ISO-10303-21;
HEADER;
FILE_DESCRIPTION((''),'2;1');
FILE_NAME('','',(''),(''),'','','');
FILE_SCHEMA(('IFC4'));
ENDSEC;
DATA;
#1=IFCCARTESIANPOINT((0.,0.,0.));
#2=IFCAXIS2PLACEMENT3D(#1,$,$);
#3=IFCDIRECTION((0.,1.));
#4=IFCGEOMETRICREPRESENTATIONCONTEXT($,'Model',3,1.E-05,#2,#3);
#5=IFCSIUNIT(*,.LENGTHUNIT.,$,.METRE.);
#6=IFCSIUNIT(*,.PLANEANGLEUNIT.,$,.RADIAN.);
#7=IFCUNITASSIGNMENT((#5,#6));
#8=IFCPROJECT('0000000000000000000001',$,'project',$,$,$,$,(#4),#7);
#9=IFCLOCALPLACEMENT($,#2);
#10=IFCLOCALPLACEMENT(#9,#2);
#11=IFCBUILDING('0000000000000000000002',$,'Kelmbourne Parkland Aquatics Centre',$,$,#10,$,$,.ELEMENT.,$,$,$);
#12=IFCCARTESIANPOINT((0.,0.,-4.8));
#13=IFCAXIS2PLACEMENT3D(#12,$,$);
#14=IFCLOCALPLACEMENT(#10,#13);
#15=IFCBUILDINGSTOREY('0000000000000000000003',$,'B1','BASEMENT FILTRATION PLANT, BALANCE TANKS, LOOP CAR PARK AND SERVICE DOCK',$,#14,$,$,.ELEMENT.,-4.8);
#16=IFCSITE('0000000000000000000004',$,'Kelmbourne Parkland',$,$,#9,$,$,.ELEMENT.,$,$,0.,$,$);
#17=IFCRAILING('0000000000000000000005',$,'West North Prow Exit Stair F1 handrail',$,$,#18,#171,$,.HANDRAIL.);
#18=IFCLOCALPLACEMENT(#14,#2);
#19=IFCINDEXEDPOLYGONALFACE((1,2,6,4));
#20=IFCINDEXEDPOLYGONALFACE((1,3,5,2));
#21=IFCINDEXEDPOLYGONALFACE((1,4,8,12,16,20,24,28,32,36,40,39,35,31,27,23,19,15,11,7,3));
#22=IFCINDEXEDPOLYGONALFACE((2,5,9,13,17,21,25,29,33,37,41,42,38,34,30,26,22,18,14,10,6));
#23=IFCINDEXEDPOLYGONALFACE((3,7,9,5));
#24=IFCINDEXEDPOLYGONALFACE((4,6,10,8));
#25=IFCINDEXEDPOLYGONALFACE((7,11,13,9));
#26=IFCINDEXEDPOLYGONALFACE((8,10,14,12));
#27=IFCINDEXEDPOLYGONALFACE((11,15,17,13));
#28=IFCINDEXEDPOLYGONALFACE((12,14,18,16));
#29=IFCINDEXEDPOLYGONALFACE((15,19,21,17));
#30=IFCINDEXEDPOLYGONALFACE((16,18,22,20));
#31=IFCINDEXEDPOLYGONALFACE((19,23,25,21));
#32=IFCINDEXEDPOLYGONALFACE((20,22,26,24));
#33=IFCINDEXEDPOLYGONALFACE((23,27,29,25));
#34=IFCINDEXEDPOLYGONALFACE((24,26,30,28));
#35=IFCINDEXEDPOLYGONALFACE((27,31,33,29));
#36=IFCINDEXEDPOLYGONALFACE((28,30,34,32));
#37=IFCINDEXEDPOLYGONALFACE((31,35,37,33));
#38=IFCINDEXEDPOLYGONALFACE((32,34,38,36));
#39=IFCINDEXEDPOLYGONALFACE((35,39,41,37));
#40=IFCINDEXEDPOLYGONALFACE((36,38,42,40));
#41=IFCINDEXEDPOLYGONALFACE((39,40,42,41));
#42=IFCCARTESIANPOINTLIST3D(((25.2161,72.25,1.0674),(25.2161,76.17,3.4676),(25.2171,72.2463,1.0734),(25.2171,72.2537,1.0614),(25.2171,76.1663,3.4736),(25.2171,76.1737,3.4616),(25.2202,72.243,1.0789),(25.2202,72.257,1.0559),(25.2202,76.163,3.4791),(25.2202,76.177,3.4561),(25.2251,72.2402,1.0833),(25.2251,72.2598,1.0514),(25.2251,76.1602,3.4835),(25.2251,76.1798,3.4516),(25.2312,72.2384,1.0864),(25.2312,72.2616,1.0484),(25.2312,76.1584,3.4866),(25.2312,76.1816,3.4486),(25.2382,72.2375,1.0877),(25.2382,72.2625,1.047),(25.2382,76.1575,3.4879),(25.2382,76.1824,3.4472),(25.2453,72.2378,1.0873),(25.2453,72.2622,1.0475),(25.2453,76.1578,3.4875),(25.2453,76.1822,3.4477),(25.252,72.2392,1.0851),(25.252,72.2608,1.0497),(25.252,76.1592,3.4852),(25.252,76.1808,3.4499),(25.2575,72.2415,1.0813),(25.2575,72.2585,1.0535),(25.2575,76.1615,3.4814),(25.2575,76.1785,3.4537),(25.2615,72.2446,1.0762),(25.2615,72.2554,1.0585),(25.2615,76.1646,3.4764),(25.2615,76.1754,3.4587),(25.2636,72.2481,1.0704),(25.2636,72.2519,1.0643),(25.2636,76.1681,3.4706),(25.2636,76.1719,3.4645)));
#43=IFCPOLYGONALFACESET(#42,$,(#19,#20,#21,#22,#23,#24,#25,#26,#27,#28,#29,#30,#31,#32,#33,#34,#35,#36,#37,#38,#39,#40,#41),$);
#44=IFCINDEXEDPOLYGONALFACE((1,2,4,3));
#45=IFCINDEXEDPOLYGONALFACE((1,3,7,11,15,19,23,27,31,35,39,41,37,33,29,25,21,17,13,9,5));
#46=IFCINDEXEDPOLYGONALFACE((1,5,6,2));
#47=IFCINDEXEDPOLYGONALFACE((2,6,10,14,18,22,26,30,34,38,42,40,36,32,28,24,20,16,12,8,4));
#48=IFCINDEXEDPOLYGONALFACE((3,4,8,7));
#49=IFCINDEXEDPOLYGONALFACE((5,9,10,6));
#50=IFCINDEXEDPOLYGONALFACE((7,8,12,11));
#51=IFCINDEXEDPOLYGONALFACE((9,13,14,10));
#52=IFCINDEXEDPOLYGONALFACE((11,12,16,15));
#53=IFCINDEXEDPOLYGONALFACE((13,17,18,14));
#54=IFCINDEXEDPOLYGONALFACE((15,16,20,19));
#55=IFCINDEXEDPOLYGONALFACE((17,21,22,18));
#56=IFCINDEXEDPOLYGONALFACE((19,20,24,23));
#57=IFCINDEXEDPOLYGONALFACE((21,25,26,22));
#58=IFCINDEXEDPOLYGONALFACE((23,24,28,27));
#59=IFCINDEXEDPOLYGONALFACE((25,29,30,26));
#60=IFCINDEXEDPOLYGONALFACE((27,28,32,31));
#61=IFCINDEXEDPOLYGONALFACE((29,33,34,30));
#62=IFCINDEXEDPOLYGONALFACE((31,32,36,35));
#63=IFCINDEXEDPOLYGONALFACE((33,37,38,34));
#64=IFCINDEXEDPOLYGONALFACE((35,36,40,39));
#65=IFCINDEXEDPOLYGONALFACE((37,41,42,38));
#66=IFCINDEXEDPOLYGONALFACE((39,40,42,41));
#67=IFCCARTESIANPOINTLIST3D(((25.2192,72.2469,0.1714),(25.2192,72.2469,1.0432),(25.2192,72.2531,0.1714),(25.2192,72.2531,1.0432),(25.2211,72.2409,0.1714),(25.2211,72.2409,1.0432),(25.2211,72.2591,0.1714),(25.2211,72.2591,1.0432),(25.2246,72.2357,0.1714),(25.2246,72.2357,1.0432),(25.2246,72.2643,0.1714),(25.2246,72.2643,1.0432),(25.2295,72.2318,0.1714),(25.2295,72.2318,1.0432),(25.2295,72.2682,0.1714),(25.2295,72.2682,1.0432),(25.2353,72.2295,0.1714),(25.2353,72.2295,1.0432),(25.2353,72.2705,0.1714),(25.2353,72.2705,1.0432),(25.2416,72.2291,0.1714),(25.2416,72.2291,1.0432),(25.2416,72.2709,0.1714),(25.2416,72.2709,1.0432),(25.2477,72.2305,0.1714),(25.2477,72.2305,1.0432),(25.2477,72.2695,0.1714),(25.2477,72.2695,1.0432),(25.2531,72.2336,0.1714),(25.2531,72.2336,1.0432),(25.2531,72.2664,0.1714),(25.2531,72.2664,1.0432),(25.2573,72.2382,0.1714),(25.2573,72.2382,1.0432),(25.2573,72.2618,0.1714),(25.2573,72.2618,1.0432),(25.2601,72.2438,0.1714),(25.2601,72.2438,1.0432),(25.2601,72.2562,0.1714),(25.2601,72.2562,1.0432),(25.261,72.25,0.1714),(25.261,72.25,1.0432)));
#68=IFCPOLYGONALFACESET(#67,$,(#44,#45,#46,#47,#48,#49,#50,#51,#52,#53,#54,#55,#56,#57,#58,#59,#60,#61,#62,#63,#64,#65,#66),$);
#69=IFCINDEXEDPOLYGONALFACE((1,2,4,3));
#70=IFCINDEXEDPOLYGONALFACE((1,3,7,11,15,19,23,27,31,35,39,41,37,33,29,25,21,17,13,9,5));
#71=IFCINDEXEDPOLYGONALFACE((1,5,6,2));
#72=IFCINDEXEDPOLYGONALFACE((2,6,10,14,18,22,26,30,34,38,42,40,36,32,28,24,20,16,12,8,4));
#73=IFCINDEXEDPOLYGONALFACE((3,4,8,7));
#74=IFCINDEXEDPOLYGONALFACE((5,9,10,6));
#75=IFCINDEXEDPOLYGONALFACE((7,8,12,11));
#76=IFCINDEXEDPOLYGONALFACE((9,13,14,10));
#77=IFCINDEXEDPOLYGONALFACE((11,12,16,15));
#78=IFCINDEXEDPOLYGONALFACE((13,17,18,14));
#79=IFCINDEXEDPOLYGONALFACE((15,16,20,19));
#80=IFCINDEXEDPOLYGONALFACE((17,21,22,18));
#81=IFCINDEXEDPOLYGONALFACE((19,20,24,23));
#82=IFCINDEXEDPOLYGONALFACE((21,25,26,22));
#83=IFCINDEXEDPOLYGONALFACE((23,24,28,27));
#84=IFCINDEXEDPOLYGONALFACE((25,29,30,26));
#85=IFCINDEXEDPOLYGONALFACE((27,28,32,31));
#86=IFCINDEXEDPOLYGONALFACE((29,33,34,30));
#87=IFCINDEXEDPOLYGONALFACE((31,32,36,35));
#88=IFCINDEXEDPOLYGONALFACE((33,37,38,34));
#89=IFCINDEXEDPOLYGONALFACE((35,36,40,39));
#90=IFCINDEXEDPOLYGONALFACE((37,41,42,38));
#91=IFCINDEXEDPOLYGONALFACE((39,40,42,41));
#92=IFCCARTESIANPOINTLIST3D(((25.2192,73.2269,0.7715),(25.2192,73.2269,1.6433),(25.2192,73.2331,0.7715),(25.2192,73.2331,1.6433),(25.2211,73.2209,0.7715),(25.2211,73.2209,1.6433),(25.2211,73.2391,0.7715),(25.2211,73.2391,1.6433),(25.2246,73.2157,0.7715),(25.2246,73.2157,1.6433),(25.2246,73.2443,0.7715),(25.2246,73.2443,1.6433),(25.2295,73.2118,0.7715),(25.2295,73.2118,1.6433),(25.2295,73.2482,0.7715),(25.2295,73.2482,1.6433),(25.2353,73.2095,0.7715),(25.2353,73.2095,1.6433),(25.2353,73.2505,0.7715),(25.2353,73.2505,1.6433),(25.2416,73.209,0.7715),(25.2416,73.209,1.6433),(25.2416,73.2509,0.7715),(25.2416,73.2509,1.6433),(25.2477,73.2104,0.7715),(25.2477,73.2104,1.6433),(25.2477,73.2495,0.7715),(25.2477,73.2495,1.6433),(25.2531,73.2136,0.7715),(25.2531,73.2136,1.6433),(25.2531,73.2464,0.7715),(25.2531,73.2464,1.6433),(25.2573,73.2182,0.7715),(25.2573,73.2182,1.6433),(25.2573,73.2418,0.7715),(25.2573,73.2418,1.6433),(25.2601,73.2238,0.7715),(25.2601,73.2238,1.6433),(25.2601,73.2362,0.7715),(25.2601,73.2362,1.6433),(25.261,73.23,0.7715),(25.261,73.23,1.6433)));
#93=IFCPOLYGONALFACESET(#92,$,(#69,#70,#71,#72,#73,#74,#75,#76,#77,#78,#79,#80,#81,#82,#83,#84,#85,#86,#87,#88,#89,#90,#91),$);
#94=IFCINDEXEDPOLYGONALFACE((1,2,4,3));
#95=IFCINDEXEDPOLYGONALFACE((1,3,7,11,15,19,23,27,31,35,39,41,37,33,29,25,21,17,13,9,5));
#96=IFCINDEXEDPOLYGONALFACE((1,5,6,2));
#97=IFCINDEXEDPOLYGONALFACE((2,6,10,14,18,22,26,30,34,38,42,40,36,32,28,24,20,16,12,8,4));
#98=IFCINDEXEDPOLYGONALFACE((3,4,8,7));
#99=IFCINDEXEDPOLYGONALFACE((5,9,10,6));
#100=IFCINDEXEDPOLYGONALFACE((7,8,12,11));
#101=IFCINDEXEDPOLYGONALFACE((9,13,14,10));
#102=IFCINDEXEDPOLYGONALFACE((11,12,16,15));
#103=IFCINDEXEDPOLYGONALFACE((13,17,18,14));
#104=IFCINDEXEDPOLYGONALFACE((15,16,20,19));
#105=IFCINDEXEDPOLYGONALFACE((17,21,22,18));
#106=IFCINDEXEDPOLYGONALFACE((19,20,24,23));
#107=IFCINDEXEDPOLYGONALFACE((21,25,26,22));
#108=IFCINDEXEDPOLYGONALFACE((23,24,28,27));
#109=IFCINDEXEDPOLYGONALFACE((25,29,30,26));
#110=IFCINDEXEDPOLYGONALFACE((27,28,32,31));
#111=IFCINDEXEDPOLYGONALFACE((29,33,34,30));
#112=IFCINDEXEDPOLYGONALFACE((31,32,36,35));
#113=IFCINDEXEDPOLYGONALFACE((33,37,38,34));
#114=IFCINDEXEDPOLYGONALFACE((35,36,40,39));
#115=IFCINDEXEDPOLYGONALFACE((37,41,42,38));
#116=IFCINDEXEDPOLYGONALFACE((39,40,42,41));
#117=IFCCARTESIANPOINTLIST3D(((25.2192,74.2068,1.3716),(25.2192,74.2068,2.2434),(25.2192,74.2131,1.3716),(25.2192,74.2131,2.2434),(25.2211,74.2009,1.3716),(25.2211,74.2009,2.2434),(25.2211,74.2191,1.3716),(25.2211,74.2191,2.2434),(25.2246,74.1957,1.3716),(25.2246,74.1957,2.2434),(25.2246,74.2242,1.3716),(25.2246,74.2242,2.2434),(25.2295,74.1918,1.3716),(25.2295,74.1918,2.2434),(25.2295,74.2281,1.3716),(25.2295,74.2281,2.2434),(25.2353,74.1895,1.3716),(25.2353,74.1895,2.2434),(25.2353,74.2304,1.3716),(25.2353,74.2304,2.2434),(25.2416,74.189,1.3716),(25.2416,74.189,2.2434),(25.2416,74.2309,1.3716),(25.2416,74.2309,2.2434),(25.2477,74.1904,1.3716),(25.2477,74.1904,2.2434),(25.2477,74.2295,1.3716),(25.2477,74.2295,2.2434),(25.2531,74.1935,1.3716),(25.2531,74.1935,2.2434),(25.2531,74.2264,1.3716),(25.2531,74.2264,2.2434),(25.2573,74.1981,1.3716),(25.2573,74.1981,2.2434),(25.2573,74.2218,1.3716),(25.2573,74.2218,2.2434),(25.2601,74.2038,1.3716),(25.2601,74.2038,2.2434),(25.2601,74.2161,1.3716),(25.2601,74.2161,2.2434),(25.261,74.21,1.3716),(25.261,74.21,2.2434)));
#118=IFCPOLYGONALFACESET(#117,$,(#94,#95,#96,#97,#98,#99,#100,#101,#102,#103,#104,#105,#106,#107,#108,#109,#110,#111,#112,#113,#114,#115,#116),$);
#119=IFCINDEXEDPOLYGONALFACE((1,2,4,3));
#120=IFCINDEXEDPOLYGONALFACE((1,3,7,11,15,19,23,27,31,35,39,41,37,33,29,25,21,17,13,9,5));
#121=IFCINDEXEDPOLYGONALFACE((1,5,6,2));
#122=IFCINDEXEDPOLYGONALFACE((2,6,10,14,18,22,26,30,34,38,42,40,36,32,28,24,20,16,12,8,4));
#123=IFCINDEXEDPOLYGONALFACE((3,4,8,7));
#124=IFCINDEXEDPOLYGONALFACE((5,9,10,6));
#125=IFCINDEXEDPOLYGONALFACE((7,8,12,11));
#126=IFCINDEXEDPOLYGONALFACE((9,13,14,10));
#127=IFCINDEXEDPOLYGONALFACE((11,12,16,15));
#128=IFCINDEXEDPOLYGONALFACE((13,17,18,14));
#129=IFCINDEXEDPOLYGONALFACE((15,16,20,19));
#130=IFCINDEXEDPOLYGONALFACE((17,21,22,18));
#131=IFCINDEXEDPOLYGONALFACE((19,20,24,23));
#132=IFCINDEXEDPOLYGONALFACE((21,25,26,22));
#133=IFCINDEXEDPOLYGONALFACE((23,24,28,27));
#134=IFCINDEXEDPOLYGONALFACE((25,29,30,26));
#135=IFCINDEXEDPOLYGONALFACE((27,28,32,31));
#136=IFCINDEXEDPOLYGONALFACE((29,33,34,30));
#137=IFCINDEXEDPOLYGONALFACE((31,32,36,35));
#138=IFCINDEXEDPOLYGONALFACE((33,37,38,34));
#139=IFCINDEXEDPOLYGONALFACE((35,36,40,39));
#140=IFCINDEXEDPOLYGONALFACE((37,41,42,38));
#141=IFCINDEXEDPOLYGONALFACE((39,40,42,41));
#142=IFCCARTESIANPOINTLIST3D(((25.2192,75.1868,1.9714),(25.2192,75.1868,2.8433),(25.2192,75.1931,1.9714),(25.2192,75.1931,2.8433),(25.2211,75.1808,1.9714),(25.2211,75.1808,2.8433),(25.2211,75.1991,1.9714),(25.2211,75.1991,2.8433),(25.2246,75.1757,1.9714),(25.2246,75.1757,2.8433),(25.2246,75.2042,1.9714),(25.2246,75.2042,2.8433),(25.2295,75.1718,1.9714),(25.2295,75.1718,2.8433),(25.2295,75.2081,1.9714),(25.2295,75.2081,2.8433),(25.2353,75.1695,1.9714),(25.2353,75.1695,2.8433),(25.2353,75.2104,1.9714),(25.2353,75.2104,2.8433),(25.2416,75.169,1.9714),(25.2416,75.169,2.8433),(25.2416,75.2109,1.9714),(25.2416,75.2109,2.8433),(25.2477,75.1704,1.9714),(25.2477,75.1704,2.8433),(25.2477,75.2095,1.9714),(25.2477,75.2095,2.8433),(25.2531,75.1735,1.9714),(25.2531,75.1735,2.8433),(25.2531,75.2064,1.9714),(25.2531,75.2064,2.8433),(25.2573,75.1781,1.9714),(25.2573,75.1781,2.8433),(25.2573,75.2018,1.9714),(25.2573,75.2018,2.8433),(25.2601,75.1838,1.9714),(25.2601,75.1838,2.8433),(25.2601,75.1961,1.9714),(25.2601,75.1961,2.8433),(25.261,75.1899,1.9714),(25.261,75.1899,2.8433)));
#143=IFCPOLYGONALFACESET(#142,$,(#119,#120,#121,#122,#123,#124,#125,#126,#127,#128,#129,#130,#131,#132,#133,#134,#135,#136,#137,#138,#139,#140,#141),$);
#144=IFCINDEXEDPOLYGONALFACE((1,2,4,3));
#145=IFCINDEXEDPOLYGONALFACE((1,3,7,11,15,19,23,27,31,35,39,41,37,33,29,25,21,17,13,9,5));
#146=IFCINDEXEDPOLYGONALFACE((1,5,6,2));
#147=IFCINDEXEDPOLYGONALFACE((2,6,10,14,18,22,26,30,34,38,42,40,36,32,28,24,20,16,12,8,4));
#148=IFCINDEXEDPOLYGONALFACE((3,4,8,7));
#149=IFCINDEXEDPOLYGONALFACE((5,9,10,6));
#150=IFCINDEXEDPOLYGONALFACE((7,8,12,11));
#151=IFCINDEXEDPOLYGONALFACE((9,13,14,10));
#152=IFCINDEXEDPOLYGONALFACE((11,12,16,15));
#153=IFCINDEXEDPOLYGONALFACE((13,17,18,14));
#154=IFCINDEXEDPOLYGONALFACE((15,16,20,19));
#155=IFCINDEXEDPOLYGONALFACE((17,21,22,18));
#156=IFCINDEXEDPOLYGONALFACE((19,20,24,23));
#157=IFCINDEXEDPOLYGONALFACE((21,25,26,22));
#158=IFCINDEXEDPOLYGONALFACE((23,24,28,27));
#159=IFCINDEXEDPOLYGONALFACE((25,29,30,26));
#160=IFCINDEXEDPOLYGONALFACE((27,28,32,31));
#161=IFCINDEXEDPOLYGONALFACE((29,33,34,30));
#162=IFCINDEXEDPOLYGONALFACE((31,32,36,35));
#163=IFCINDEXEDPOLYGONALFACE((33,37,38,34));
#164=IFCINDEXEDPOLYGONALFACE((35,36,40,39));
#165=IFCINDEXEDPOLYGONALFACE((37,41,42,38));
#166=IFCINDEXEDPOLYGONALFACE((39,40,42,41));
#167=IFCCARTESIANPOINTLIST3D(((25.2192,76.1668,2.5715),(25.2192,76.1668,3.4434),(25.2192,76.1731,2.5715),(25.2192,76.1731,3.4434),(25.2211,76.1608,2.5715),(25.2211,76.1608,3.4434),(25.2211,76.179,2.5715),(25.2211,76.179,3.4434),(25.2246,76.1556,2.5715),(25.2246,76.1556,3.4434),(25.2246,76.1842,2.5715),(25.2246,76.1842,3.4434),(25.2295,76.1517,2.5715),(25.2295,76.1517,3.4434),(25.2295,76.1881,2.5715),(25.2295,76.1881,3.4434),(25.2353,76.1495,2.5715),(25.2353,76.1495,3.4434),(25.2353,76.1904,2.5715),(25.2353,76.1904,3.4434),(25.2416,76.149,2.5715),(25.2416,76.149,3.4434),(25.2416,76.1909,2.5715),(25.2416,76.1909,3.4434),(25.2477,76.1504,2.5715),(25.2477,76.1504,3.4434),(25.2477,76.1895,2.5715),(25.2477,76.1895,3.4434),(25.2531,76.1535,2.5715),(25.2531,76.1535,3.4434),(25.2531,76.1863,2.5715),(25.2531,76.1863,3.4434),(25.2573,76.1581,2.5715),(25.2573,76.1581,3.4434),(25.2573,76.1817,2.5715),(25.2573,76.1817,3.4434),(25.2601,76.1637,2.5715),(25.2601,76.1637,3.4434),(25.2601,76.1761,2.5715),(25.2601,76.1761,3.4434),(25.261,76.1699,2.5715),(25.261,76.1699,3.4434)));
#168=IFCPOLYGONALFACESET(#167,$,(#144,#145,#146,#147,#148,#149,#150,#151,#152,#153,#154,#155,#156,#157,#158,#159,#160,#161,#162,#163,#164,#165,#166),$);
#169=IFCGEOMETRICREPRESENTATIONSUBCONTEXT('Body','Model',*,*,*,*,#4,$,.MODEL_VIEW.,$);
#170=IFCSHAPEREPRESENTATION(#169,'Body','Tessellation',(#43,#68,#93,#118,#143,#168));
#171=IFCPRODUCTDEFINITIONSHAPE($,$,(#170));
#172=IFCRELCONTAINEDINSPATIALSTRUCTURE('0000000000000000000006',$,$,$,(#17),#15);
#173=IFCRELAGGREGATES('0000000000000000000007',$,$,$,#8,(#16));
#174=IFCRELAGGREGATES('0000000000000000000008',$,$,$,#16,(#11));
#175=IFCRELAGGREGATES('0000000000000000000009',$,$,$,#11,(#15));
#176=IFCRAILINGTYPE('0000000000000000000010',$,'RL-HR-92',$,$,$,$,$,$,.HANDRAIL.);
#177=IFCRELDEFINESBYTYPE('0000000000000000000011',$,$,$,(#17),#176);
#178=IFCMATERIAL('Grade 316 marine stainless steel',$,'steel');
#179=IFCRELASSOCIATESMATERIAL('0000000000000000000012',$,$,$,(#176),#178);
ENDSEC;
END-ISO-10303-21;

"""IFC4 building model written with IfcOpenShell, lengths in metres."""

from ifc_helpers import new_model, si_unit, direction, frame, origin, origin_2d, place, context, subcontext, project, spatial, circle, extrude, material, type_object, element, save


model = new_model("IFC4")

# Units and contexts
model_context = context("Model", 3, precision=1e-05, world=origin(), true_north=direction((0.0, 1.0)))
body_context = subcontext(model_context, "Body", "Model", "MODEL_VIEW")
ifc_project = project(units=[si_unit("LENGTHUNIT", "METRE"), si_unit("PLANEANGLEUNIT", "RADIAN")], contexts=[model_context])

# Site, building, storey
site_placement = place(None, origin())
site = spatial("IfcSite", under=ifc_project, at=site_placement, Name="Kelmbourne Parkland", CompositionType="ELEMENT", RefElevation=0.0)
building_placement = place(site_placement, origin())
building = spatial("IfcBuilding", under=site, at=building_placement, Name="Kelmbourne Parkland Aquatics Centre", CompositionType="ELEMENT")
storey_placement = place(building_placement, frame((0.0, 0.0, -4.8)))
storey = spatial("IfcBuildingStorey", under=building, at=storey_placement, Name="B1", Description="BASEMENT FILTRATION PLANT, BALANCE TANKS, LOOP CAR PARK AND SERVICE DOCK", CompositionType="ELEMENT", Elevation=-4.8)

# Railing
ifc_material_1 = material(Name="Grade 316 marine stainless steel", Category="steel")
railing_type_1 = type_object("IfcRailingType", Name="RL-HR-92", PredefinedType="HANDRAIL", material=ifc_material_1)
railing_1_placement = place(storey_placement, frame((25.24, 72.25, 0.1714)))
element("IfcRailing", 1, at=railing_1_placement, inside=storey, type_object=railing_type_1, Name="West North Prow Exit Stair F1 handrail", PredefinedType="HANDRAIL", context=body_context, shape_type="SweptSolid", body=[
    extrude(circle(Radius=0.0239, at=origin_2d()), frame((0.0, 0.0, 0.896), z_axis=(0.0, 0.852832, 0.522185), x_axis=(-1.0, 0.0, 0.0)), (0.0, 0.0, 1.0), 4.5964),
    extrude(circle(Radius=0.021, at=origin_2d()), origin(), (0.0, 0.0, 1.0), 0.8718),
    extrude(circle(Radius=0.021, at=origin_2d()), frame((0.0, 0.98, 0.6001)), (0.0, 0.0, 1.0), 0.8718),
    extrude(circle(Radius=0.021, at=origin_2d()), frame((0.0, 1.96, 1.2002)), (0.0, 0.0, 1.0), 0.8718),
    extrude(circle(Radius=0.021, at=origin_2d()), frame((0.0, 2.9399, 1.8)), (0.0, 0.0, 1.0), 0.8718),
    extrude(circle(Radius=0.021, at=origin_2d()), frame((0.0, 3.9199, 2.4001)), (0.0, 0.0, 1.0), 0.8718),
])

save(model, "model.ifc")
